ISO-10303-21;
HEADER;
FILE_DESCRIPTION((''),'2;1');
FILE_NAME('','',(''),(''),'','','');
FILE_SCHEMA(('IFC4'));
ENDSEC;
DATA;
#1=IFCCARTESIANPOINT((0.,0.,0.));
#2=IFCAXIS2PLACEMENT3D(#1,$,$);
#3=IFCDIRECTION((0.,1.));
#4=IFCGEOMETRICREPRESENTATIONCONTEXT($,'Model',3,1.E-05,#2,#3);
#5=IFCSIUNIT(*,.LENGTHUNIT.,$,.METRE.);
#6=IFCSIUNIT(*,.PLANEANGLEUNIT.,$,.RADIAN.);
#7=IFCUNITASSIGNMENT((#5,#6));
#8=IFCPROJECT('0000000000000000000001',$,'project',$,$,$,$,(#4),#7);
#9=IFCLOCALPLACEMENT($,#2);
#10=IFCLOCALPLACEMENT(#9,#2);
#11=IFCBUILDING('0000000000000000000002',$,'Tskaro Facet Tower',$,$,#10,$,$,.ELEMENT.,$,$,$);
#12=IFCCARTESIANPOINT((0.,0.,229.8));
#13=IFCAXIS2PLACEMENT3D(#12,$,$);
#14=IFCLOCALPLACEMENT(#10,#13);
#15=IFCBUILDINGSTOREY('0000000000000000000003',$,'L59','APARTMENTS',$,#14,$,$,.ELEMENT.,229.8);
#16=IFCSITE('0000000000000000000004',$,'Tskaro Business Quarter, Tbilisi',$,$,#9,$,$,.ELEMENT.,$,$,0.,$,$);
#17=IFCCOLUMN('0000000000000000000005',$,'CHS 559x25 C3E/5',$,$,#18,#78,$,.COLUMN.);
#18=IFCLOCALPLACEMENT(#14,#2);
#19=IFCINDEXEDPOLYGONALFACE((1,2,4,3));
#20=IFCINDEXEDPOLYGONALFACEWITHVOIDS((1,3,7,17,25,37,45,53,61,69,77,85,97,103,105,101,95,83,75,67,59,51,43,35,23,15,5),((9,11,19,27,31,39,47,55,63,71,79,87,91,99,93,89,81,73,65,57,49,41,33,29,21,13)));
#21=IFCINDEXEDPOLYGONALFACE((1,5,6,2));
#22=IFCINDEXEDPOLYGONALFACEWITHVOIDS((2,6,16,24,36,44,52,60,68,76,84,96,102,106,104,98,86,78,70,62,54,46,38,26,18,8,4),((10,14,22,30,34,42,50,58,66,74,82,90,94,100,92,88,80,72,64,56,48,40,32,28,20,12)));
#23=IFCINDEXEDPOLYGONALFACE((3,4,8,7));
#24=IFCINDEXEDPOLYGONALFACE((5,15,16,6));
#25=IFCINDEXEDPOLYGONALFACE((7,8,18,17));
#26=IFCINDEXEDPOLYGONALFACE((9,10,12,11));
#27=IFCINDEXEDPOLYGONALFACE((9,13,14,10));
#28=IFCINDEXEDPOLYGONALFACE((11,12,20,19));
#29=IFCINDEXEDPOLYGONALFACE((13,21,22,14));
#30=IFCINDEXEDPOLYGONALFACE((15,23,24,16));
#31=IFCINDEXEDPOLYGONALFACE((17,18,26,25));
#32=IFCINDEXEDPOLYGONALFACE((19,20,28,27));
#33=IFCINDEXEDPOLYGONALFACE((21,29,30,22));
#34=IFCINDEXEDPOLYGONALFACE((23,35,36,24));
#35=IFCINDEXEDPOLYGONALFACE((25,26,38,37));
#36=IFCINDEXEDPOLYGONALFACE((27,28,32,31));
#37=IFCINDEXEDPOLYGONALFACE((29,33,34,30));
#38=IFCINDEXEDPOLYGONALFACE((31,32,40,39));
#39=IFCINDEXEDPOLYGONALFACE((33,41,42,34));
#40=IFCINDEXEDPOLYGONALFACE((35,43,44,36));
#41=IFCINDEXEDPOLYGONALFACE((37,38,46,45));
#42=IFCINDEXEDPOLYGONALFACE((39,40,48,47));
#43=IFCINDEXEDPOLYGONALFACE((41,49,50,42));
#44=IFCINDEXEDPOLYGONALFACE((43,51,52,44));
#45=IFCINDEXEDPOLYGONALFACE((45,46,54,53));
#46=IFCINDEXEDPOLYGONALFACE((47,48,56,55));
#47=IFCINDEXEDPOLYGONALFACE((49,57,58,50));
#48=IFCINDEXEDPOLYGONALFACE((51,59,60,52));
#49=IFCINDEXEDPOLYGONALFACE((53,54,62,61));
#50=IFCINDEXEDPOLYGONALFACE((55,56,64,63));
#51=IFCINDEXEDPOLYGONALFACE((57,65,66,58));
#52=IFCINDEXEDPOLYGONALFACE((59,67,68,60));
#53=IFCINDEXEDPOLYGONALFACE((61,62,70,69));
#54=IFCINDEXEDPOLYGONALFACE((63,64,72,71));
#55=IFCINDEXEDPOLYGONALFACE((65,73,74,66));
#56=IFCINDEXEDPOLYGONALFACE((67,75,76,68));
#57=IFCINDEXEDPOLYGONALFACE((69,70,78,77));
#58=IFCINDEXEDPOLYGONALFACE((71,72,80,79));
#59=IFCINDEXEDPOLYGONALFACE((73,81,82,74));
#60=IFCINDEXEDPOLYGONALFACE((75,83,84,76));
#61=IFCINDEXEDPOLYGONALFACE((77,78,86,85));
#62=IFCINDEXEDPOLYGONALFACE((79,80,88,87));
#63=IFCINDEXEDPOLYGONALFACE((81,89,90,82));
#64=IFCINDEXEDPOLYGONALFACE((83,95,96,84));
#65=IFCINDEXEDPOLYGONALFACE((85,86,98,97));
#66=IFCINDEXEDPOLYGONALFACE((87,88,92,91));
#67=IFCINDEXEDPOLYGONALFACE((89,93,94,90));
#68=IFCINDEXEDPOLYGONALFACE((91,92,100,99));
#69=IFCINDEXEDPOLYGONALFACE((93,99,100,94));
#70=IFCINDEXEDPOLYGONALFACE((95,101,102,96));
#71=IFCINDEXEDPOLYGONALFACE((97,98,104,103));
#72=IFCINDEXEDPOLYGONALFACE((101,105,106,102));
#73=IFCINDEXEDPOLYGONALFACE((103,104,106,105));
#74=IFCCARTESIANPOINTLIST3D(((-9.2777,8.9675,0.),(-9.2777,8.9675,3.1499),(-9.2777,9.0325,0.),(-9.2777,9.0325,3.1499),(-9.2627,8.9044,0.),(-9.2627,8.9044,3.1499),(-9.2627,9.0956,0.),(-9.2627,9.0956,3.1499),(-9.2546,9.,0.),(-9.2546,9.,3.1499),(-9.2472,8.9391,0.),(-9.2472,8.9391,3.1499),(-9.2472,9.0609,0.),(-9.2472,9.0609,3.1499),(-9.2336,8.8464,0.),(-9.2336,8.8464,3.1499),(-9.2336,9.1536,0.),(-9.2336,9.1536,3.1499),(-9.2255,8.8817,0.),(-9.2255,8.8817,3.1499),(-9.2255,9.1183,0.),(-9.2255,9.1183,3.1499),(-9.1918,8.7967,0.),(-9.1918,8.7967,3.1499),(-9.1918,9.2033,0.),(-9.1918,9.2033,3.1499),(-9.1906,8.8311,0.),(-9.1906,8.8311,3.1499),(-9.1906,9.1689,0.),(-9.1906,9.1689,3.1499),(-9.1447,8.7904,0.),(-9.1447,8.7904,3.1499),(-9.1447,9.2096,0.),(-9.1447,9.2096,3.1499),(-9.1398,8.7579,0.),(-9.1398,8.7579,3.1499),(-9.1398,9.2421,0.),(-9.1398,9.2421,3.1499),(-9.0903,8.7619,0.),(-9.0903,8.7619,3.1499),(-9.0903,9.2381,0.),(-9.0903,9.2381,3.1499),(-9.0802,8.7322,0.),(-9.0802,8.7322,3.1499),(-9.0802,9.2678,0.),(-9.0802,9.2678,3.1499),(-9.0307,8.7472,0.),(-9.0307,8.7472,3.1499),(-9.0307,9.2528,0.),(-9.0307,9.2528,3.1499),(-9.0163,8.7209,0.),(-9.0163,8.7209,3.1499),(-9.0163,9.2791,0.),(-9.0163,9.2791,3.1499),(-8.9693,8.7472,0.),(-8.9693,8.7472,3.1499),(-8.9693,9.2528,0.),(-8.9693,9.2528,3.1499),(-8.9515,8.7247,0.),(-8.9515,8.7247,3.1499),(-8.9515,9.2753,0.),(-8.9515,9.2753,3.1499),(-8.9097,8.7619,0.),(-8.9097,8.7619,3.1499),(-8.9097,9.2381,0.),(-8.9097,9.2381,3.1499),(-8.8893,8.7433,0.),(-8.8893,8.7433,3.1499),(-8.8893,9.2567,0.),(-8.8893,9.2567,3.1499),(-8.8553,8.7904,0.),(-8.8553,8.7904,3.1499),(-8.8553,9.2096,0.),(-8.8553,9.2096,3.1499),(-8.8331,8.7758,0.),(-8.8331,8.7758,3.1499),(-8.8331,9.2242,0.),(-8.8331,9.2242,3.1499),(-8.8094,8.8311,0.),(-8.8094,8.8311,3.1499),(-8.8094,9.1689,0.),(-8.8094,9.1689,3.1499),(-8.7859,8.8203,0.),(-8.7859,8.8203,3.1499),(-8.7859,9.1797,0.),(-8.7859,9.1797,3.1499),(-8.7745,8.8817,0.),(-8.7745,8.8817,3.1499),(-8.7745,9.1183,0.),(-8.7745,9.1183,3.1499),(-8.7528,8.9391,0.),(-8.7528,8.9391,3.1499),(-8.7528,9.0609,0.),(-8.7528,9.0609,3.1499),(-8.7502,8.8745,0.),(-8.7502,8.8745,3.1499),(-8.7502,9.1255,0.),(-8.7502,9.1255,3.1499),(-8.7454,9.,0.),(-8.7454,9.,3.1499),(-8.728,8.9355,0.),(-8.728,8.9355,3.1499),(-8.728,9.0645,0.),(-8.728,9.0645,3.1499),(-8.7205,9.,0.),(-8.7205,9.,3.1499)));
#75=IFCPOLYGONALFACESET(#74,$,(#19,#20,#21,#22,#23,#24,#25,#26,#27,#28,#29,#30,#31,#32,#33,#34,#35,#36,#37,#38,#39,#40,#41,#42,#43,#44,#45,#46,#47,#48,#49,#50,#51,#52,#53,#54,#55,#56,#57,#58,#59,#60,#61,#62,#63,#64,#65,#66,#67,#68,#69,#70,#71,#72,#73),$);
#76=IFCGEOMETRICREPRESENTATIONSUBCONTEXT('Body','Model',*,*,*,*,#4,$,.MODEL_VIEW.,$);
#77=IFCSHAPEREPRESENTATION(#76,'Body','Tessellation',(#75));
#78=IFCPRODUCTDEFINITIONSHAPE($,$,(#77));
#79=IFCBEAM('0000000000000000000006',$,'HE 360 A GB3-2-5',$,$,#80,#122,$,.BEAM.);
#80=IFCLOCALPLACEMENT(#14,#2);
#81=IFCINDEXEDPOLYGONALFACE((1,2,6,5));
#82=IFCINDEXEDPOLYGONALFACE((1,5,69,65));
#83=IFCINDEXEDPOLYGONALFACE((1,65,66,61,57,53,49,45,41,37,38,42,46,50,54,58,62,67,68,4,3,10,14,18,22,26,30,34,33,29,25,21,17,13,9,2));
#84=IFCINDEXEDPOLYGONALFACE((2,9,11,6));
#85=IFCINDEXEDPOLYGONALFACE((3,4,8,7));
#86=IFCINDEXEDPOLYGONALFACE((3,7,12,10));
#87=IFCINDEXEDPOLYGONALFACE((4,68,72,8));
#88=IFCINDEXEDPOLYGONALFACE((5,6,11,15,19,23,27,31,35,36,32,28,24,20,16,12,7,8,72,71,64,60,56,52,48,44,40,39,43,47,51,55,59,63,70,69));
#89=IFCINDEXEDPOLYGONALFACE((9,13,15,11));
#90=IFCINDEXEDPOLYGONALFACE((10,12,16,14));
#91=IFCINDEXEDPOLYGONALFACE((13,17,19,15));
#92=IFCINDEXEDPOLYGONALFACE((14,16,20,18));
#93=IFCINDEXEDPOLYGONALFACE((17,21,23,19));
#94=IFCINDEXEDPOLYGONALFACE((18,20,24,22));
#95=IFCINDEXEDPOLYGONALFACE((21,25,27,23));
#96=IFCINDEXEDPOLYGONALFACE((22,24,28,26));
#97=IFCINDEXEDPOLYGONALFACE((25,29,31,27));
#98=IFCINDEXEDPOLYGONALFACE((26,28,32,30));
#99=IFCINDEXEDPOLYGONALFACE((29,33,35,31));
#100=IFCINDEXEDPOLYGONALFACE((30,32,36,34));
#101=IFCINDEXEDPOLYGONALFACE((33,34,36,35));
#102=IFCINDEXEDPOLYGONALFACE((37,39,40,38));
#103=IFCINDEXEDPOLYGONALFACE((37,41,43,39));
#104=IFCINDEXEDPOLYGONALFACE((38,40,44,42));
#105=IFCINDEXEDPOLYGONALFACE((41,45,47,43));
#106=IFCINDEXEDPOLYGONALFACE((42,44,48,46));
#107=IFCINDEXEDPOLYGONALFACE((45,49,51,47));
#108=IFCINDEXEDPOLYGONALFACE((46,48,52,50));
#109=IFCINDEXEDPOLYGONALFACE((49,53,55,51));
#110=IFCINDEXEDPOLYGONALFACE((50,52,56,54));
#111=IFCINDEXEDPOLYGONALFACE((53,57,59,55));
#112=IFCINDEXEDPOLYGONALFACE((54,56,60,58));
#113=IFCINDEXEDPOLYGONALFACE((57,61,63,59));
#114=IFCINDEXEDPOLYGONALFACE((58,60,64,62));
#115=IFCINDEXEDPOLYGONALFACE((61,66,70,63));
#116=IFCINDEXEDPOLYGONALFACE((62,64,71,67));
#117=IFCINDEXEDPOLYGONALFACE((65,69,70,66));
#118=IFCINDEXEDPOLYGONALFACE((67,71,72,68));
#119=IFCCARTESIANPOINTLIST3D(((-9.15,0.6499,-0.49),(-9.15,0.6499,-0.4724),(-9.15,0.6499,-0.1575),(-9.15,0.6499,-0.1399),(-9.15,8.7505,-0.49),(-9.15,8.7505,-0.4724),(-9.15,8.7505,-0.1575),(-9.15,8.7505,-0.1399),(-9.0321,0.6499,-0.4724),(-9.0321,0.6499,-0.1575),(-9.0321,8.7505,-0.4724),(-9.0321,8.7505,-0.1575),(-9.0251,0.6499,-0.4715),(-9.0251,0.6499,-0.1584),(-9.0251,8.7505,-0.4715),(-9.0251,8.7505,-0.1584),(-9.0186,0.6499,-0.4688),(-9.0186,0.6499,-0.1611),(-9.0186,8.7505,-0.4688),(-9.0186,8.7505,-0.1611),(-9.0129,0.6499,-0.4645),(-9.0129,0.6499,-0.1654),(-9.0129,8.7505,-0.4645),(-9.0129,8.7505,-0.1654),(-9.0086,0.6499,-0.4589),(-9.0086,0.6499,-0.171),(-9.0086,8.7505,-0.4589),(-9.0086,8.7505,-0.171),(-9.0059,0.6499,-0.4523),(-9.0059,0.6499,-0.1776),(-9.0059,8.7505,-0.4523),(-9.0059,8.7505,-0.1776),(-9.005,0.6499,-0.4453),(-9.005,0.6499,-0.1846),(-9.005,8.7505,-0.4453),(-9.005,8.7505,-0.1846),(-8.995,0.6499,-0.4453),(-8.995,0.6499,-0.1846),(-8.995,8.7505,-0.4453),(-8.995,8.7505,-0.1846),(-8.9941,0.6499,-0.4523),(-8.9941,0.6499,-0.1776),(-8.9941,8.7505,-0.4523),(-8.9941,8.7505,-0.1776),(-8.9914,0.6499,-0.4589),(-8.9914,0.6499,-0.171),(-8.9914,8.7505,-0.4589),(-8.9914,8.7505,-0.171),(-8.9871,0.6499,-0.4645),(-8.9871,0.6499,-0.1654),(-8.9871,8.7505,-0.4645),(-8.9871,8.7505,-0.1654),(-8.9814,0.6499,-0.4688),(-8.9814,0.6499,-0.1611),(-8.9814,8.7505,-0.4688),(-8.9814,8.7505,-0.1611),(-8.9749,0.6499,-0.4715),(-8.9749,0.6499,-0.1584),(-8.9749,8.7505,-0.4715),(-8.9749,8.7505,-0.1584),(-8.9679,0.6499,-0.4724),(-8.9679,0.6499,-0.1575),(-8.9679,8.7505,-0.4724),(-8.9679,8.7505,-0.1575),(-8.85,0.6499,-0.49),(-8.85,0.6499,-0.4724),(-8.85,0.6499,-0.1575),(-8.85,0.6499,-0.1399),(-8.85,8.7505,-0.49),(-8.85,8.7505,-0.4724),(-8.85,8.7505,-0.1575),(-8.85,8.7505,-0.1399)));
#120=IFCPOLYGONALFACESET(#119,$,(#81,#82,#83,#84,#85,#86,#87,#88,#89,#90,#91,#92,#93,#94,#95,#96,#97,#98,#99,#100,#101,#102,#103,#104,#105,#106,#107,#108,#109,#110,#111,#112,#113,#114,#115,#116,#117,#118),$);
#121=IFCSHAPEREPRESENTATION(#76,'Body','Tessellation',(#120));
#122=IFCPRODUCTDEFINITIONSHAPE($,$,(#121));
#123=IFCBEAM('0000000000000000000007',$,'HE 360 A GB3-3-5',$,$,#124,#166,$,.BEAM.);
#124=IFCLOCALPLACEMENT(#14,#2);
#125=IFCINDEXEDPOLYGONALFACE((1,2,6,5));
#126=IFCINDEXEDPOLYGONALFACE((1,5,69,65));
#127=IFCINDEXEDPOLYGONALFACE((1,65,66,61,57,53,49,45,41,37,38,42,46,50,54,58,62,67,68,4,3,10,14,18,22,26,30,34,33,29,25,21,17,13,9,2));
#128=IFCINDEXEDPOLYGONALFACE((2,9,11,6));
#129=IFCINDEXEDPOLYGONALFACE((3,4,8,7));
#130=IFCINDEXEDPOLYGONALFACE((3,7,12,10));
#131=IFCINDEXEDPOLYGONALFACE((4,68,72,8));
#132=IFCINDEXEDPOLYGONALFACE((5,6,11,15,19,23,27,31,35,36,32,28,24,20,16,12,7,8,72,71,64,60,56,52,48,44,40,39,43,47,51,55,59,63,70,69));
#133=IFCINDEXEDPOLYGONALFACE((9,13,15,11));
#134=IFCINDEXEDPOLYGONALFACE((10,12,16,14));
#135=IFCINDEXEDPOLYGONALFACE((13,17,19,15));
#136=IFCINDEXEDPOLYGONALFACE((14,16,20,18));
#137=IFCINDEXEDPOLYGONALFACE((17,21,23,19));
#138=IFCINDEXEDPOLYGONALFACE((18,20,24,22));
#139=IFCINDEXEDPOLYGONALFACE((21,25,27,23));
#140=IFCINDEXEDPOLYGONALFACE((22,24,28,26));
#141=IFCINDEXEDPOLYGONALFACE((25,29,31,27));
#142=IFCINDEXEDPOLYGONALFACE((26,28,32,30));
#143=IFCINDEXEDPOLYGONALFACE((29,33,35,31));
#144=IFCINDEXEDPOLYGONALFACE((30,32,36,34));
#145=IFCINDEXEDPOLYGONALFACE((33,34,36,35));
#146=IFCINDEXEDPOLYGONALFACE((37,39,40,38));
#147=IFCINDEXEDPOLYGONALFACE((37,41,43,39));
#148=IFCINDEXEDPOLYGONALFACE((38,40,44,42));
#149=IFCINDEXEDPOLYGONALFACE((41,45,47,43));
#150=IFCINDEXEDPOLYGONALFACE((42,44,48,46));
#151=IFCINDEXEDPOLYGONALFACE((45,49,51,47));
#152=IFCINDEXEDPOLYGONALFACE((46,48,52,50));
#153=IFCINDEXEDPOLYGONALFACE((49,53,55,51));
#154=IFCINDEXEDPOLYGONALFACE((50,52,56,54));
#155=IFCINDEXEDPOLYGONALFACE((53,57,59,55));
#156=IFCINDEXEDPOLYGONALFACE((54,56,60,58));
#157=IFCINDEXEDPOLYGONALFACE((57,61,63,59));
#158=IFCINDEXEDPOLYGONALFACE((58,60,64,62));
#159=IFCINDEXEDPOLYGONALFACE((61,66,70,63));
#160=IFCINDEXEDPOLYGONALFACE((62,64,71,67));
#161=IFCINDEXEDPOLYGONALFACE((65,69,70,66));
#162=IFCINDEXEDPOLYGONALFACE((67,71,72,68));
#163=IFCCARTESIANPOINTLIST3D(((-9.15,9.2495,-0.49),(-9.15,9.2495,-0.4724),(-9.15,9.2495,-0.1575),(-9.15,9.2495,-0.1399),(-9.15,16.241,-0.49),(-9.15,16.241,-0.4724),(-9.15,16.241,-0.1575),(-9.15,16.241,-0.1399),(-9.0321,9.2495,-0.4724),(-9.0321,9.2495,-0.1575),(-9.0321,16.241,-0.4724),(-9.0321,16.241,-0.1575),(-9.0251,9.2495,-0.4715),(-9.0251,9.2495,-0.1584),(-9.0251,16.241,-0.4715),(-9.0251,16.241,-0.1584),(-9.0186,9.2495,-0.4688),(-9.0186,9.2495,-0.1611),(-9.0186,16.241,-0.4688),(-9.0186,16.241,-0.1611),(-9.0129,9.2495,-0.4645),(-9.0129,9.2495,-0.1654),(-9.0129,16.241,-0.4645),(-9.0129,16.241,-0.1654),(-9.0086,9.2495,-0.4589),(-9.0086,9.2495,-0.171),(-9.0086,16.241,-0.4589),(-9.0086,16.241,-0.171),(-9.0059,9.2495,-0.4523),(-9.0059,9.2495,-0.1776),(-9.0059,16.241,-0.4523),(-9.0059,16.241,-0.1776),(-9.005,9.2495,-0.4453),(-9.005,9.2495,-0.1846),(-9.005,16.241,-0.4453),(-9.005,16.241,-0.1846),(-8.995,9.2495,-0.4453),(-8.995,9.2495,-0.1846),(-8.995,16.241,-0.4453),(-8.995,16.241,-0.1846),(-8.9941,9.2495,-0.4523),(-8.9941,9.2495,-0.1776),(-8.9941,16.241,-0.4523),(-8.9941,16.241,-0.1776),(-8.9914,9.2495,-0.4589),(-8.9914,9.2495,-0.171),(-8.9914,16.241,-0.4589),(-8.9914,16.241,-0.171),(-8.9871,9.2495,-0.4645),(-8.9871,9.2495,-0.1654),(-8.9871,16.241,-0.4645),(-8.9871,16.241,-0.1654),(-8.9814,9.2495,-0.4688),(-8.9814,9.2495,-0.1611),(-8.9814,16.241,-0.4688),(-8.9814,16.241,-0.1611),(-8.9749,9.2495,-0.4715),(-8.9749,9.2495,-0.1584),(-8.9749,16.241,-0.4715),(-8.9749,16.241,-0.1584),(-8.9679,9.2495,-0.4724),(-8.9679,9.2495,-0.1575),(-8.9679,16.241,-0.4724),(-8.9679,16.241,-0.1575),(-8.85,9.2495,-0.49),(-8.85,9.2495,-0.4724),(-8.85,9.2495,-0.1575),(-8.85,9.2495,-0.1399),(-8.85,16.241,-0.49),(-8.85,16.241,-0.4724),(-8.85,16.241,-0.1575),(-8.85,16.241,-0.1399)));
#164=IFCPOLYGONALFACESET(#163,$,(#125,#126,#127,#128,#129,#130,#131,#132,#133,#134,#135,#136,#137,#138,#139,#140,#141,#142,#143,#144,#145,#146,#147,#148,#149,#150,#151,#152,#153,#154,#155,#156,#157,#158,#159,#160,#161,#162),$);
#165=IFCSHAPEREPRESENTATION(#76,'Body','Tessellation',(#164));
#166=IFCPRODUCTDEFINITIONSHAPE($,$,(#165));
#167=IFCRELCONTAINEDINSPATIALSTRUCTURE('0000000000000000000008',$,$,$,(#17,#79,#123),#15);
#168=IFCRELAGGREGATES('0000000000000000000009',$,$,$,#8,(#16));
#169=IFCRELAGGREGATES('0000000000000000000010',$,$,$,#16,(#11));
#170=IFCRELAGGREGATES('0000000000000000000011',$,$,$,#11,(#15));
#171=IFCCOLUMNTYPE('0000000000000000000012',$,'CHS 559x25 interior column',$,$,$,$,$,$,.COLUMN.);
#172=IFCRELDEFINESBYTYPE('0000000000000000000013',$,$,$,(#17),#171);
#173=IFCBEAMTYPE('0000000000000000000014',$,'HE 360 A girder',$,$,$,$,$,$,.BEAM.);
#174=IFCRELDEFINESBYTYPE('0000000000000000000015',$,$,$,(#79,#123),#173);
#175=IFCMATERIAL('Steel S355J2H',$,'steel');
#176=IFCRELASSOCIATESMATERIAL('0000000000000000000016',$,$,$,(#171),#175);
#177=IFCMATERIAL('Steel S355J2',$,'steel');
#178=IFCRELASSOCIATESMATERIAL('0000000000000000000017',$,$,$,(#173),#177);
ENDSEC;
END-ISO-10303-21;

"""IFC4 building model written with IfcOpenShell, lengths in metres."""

from ifc_helpers import new_model, si_unit, direction, frame, origin, origin_2d, place, context, subcontext, project, spatial, hollow_circle, i_section, extrude, material, material_profile, profile_set, type_object, element, save


model = new_model("IFC4")

# Units and contexts
model_context = context("Model", 3, precision=1e-05, world=origin(), true_north=direction((0.0, 1.0)))
body_context = subcontext(model_context, "Body", "Model", "MODEL_VIEW")
ifc_project = project(units=[si_unit("LENGTHUNIT", "METRE"), si_unit("PLANEANGLEUNIT", "RADIAN")], contexts=[model_context])

# Site, building, storey
site_placement = place(None, origin())
site = spatial("IfcSite", under=ifc_project, at=site_placement, Name="Tskaro Business Quarter, Tbilisi", CompositionType="ELEMENT", RefElevation=0.0)
building_placement = place(site_placement, origin())
building = spatial("IfcBuilding", under=site, at=building_placement, Name="Tskaro Facet Tower", CompositionType="ELEMENT")
storey_placement = place(building_placement, frame((0.0, 0.0, 229.8)))
storey = spatial("IfcBuildingStorey", under=building, at=storey_placement, Name="L59", Description="APARTMENTS", CompositionType="ELEMENT", Elevation=229.8)

# Column
ifc_material_1 = material(Name="Steel S355J2H", Category="steel")
ifc_material_profile_1 = material_profile(ifc_material_1, hollow_circle(Radius=0.2795, WallThickness=0.0249, at=origin_2d()), Name="CHS 559x25")
ifc_profile_set_1 = profile_set([ifc_material_profile_1], Name="Steel S355J2H")
column_type = type_object("IfcColumnType", Name="CHS 559x25 interior column", PredefinedType="COLUMN", material=ifc_profile_set_1)
column_placement = place(storey_placement, frame((-9.0, 9.0, 0.0), z_axis=(0.0, 0.0, 1.0), x_axis=(1.0, 0.0, 0.0)))
element("IfcColumn", 1, at=column_placement, inside=storey, type_object=column_type, Name="CHS 559x25 C3E/5", PredefinedType="COLUMN", context=body_context, shape_type="SweptSolid", body=[
    extrude(hollow_circle(Radius=0.2795, WallThickness=0.0249, at=origin_2d()), origin(), (0.0, 0.0, 1.0), 3.1499),
])

# Beams
ifc_material_2 = material(Name="Steel S355J2", Category="steel")
ifc_material_profile_2 = material_profile(ifc_material_2, i_section(OverallWidth=0.3, OverallDepth=0.3501, WebThickness=0.01, FlangeThickness=0.0176, FilletRadius=0.0271, at=origin_2d()), Name="HE 360 A")
ifc_profile_set_2 = profile_set([ifc_material_profile_2], Name="Steel S355J2")
beam_type_1 = type_object("IfcBeamType", Name="HE 360 A girder", PredefinedType="BEAM", material=ifc_profile_set_2)
beam_1_placement = place(storey_placement, frame((-9.0, 0.6499, -0.3149), z_axis=(0.0, 1.0, 0.0), x_axis=(-1.0, 0.0, 0.0)))
element("IfcBeam", 2, at=beam_1_placement, inside=storey, type_object=beam_type_1, Name="HE 360 A GB3-2-5", PredefinedType="BEAM", context=body_context, shape_type="SweptSolid", body=[
    extrude(i_section(OverallWidth=0.3, OverallDepth=0.3501, WebThickness=0.01, FlangeThickness=0.0176, FilletRadius=0.0271, at=origin_2d()), origin(), (0.0, 0.0, 1.0), 8.1006),
])
beam_2_placement = place(storey_placement, frame((-9.0, 9.2495, -0.3149), z_axis=(0.0, 1.0, 0.0), x_axis=(-1.0, 0.0, 0.0)))
element("IfcBeam", 3, at=beam_2_placement, inside=storey, type_object=beam_type_1, Name="HE 360 A GB3-3-5", PredefinedType="BEAM", context=body_context, shape_type="SweptSolid", body=[
    extrude(i_section(OverallWidth=0.3, OverallDepth=0.3501, WebThickness=0.01, FlangeThickness=0.0176, FilletRadius=0.0271, at=origin_2d()), origin(), (0.0, 0.0, 1.0), 6.9915),
])

save(model, "model.ifc")
